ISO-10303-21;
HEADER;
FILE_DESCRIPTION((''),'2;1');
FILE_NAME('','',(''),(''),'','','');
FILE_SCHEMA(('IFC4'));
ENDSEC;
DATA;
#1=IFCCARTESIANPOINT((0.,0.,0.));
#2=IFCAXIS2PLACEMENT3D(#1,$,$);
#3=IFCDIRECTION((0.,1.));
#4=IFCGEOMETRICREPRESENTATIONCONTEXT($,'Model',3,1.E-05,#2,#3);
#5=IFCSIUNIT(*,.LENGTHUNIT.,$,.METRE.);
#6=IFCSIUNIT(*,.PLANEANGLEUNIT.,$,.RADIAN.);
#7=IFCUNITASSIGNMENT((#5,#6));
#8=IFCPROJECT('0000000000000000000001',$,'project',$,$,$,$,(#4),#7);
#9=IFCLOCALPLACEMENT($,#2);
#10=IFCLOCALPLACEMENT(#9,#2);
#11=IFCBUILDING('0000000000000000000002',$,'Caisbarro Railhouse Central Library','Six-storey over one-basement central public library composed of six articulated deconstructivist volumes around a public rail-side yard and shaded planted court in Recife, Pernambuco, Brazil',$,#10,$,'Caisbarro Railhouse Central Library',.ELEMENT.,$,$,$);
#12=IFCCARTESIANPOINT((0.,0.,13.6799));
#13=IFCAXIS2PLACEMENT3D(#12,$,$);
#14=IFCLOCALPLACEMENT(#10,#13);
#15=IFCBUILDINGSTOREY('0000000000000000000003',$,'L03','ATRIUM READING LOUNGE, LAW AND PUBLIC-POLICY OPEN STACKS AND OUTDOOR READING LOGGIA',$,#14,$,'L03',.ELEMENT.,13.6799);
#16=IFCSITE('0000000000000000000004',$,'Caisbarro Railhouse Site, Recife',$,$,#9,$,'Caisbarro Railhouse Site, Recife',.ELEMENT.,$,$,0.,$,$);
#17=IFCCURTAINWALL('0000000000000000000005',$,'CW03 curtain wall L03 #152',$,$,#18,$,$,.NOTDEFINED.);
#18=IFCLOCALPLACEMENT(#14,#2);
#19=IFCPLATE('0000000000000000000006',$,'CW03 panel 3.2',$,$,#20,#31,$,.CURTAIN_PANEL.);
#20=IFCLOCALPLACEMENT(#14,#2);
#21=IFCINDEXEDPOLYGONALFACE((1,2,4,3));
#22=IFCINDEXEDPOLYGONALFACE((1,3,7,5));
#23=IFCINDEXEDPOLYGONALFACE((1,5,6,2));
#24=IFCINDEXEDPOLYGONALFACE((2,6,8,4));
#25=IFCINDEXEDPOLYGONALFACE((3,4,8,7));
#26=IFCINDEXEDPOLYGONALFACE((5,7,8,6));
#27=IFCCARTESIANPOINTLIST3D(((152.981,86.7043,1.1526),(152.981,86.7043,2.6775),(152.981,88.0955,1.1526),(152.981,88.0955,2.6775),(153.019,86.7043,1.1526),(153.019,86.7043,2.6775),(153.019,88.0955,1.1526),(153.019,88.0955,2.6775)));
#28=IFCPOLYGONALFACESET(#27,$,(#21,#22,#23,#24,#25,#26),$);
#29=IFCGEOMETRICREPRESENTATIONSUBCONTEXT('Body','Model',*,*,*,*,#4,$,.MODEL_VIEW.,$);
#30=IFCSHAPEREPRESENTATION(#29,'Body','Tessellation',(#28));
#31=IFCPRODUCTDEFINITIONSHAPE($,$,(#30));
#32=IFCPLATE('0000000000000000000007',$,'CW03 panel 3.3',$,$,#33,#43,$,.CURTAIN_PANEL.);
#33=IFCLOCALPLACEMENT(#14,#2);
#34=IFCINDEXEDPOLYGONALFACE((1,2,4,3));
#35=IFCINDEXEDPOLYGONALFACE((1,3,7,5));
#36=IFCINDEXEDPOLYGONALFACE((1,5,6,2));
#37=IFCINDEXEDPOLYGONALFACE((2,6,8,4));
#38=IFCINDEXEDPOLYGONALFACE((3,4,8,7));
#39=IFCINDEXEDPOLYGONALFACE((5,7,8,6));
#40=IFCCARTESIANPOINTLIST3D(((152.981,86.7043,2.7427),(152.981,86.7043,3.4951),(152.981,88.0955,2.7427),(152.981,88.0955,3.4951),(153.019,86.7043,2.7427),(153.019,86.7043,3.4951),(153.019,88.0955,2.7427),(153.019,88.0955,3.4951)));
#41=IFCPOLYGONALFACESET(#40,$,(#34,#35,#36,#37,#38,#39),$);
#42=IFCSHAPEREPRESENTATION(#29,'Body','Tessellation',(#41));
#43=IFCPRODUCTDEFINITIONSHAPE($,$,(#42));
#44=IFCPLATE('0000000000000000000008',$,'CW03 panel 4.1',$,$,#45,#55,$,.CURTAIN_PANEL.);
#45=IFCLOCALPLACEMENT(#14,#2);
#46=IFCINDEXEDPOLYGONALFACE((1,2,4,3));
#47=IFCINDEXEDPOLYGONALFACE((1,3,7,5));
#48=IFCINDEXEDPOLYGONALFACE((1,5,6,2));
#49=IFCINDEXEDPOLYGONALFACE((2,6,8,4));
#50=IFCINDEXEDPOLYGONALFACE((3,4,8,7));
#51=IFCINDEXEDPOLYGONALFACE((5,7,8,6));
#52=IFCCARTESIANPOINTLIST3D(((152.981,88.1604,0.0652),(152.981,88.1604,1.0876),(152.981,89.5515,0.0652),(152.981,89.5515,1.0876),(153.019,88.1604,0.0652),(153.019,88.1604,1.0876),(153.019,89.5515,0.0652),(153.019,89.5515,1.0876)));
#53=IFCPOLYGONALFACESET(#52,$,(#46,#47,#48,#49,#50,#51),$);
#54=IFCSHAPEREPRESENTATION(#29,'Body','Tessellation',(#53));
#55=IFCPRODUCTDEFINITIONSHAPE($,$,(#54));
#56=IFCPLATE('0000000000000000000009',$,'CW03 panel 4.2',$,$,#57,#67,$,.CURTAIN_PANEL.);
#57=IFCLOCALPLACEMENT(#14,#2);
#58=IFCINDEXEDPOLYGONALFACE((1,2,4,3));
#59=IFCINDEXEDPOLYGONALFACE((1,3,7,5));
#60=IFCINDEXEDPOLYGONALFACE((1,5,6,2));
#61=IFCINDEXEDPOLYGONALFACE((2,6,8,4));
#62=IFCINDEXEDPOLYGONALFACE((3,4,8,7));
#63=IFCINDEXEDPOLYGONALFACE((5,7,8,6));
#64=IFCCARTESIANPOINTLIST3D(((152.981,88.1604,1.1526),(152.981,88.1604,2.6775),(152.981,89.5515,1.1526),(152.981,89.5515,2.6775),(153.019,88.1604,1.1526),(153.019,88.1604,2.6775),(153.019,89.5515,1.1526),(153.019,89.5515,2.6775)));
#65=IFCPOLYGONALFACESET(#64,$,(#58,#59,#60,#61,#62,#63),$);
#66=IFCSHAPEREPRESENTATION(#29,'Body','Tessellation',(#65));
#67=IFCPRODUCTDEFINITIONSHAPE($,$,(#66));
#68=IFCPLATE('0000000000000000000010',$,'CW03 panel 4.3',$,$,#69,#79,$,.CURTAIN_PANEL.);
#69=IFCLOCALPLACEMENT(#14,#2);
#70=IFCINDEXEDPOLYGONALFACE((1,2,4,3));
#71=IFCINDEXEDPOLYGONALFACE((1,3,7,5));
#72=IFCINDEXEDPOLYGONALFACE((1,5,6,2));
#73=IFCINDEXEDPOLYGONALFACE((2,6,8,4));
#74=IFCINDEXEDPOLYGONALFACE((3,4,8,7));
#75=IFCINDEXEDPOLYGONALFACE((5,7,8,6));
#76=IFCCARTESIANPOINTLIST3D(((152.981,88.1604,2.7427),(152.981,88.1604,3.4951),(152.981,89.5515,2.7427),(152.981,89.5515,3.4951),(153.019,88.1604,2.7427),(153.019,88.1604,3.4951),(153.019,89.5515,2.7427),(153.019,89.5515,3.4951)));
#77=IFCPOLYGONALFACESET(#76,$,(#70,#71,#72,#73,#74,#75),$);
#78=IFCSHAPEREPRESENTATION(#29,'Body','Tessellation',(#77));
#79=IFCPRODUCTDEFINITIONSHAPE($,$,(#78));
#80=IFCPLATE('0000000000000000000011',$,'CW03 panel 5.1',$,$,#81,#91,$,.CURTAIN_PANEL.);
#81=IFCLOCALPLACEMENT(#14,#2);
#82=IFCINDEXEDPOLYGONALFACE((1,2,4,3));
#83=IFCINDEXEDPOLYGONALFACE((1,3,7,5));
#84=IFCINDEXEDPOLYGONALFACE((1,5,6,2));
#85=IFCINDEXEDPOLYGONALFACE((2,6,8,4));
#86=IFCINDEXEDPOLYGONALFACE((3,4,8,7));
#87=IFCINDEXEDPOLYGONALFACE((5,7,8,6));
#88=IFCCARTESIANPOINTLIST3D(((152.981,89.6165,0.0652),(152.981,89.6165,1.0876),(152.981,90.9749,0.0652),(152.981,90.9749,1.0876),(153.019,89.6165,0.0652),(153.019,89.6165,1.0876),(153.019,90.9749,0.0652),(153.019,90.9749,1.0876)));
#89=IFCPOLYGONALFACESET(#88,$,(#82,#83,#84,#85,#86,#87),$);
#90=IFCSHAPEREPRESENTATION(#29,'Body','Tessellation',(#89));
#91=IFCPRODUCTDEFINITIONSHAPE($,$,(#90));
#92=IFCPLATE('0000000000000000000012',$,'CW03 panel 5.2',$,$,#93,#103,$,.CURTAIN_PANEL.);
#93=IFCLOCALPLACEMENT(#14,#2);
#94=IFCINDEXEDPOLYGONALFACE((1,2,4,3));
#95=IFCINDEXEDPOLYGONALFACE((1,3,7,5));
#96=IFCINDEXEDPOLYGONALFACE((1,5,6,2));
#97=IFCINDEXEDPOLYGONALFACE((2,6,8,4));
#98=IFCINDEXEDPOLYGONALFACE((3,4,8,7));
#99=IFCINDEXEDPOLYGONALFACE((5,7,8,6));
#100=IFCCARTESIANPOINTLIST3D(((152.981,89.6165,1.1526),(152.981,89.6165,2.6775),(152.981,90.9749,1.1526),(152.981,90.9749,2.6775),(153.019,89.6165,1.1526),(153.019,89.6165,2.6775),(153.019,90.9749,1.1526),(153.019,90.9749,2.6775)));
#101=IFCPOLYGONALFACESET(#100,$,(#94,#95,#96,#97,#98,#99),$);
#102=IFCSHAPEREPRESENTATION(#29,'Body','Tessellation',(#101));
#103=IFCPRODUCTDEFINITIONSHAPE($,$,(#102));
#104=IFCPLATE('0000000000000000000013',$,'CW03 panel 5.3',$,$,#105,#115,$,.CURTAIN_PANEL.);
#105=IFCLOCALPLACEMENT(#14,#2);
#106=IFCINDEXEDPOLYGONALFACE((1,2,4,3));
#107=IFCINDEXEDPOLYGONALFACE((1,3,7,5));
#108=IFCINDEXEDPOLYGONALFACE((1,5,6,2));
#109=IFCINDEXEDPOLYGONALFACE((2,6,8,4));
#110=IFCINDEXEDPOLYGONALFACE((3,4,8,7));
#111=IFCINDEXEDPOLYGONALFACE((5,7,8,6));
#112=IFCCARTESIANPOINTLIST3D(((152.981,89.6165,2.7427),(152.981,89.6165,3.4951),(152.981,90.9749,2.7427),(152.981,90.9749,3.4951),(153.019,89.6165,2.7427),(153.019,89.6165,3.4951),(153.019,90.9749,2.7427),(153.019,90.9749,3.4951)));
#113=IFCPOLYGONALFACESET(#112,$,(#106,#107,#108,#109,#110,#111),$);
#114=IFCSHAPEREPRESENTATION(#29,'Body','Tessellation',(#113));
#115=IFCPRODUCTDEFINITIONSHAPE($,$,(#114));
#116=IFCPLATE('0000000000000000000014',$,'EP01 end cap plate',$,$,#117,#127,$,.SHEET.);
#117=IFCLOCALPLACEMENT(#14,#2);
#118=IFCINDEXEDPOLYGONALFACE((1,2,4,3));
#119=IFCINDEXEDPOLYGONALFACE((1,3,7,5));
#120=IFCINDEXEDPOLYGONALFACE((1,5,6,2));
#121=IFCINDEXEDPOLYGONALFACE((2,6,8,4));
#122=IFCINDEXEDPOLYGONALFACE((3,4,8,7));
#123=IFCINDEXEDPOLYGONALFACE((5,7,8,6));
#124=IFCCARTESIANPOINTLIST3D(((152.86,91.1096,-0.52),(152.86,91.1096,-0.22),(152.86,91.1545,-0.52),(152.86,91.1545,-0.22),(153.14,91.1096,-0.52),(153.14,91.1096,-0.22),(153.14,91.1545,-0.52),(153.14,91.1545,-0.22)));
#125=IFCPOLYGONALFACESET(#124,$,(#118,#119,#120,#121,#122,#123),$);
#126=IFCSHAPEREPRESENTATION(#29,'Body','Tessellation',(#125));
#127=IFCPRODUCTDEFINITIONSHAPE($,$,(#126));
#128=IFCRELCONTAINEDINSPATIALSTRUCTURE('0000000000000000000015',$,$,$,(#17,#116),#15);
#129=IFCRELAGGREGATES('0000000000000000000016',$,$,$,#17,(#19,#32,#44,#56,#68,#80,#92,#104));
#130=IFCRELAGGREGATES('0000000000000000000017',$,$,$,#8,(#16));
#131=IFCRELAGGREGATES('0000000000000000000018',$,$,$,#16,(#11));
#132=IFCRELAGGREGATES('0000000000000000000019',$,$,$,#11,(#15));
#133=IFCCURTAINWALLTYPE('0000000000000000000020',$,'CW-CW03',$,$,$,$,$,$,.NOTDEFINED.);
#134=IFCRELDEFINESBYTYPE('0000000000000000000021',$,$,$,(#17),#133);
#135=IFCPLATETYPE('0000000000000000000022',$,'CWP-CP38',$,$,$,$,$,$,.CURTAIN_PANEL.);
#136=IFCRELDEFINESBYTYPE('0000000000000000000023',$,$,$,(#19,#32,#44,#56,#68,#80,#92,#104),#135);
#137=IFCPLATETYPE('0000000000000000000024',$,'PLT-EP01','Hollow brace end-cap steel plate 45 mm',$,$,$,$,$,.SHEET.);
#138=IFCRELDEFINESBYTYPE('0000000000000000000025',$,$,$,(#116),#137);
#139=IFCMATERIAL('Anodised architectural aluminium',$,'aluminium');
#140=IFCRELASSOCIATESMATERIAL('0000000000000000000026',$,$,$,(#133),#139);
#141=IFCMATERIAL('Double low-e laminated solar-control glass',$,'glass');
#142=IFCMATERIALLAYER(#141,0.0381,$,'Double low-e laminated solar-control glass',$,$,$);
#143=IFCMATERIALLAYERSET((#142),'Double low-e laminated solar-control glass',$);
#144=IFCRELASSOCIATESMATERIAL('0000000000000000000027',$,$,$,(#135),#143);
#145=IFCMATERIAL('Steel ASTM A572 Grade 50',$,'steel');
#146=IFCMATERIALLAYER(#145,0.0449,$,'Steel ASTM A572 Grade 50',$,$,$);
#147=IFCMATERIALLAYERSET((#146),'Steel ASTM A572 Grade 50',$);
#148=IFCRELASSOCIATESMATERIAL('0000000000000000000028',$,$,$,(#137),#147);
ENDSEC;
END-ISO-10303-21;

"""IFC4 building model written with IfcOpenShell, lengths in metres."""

from ifc_helpers import new_model, si_unit, direction, frame, origin, origin_2d, place, context, subcontext, project, spatial, rectangle, extrude, material, layer, layer_set, type_object, element, aggregate, save


model = new_model("IFC4")

# Units and contexts
model_context = context("Model", 3, precision=1e-05, world=origin(), true_north=direction((0.0, 1.0)))
body_context = subcontext(model_context, "Body", "Model", "MODEL_VIEW")
ifc_project = project(units=[si_unit("LENGTHUNIT", "METRE"), si_unit("PLANEANGLEUNIT", "RADIAN")], contexts=[model_context])

# Site, building, storey
site_placement = place(None, origin())
site = spatial("IfcSite", under=ifc_project, at=site_placement, Name="Caisbarro Railhouse Site, Recife", LongName="Caisbarro Railhouse Site, Recife", CompositionType="ELEMENT", RefElevation=0.0)
building_placement = place(site_placement, origin())
building = spatial("IfcBuilding", under=site, at=building_placement, Name="Caisbarro Railhouse Central Library", Description="Six-storey over one-basement central public library composed of six articulated deconstructivist volumes around a public rail-side yard and shaded planted court in Recife, Pernambuco, Brazil", LongName="Caisbarro Railhouse Central Library", CompositionType="ELEMENT")
storey_placement = place(building_placement, frame((0.0, 0.0, 13.6799)))
storey = spatial("IfcBuildingStorey", under=building, at=storey_placement, Name="L03", Description="ATRIUM READING LOUNGE, LAW AND PUBLIC-POLICY OPEN STACKS AND OUTDOOR READING LOGGIA", LongName="L03", CompositionType="ELEMENT", Elevation=13.6799)

# Curtain wall, plates
ifc_material_1 = material(Name="Anodised architectural aluminium", Category="aluminium")
curtain_wall_type = type_object("IfcCurtainWallType", Name="CW-CW03", PredefinedType="NOTDEFINED", material=ifc_material_1)
curtain_wall_placement = place(storey_placement, origin())
curtain_wall = element("IfcCurtainWall", 1, at=curtain_wall_placement, inside=storey, type_object=curtain_wall_type, Name="CW03 curtain wall L03 #152", PredefinedType="NOTDEFINED")
ifc_material_2 = material(Name="Double low-e laminated solar-control glass", Category="glass")
ifc_layer_1 = layer(ifc_material_2, 0.0381, Name="Double low-e laminated solar-control glass")
ifc_layer_set_1 = layer_set([ifc_layer_1], Name="Double low-e laminated solar-control glass")
plate_type_1 = type_object("IfcPlateType", Name="CWP-CP38", PredefinedType="CURTAIN_PANEL", material=ifc_layer_set_1)
plate_1_placement = place(storey_placement, frame((153.0, 87.3999, 1.1526), z_axis=(0.0, 0.0, 1.0), x_axis=(0.0, 1.0, 0.0)))
plate_1 = element("IfcPlate", 2, at=plate_1_placement, type_object=plate_type_1, Name="CW03 panel 3.2", PredefinedType="CURTAIN_PANEL", context=body_context, shape_type="SweptSolid", body=[
    extrude(rectangle(XDim=1.3911, YDim=0.0381, at=origin_2d()), origin(), (0.0, 0.0, 1.0), 1.5249),
])
plate_2_placement = place(storey_placement, frame((153.0, 87.3999, 2.7427), z_axis=(0.0, 0.0, 1.0), x_axis=(0.0, 1.0, 0.0)))
plate_2 = element("IfcPlate", 3, at=plate_2_placement, type_object=plate_type_1, Name="CW03 panel 3.3", PredefinedType="CURTAIN_PANEL", context=body_context, shape_type="SweptSolid", body=[
    extrude(rectangle(XDim=1.3911, YDim=0.0381, at=origin_2d()), origin(), (0.0, 0.0, 1.0), 0.7524),
])
plate_3_placement = place(storey_placement, frame((153.0, 88.856, 0.0652), z_axis=(0.0, 0.0, 1.0), x_axis=(0.0, 1.0, 0.0)))
plate_3 = element("IfcPlate", 4, at=plate_3_placement, type_object=plate_type_1, Name="CW03 panel 4.1", PredefinedType="CURTAIN_PANEL", context=body_context, shape_type="SweptSolid", body=[
    extrude(rectangle(XDim=1.3911, YDim=0.0381, at=origin_2d()), origin(), (0.0, 0.0, 1.0), 1.0225),
])
plate_4_placement = place(storey_placement, frame((153.0, 88.856, 1.1526), z_axis=(0.0, 0.0, 1.0), x_axis=(0.0, 1.0, 0.0)))
plate_4 = element("IfcPlate", 5, at=plate_4_placement, type_object=plate_type_1, Name="CW03 panel 4.2", PredefinedType="CURTAIN_PANEL", context=body_context, shape_type="SweptSolid", body=[
    extrude(rectangle(XDim=1.3911, YDim=0.0381, at=origin_2d()), origin(), (0.0, 0.0, 1.0), 1.5249),
])
plate_5_placement = place(storey_placement, frame((153.0, 88.856, 2.7427), z_axis=(0.0, 0.0, 1.0), x_axis=(0.0, 1.0, 0.0)))
plate_5 = element("IfcPlate", 6, at=plate_5_placement, type_object=plate_type_1, Name="CW03 panel 4.3", PredefinedType="CURTAIN_PANEL", context=body_context, shape_type="SweptSolid", body=[
    extrude(rectangle(XDim=1.3911, YDim=0.0381, at=origin_2d()), origin(), (0.0, 0.0, 1.0), 0.7524),
])
plate_6_placement = place(storey_placement, frame((153.0, 90.2957, 0.0652), z_axis=(0.0, 0.0, 1.0), x_axis=(0.0, 1.0, 0.0)))
plate_6 = element("IfcPlate", 7, at=plate_6_placement, type_object=plate_type_1, Name="CW03 panel 5.1", PredefinedType="CURTAIN_PANEL", context=body_context, shape_type="SweptSolid", body=[
    extrude(rectangle(XDim=1.3584, YDim=0.0381, at=origin_2d()), origin(), (0.0, 0.0, 1.0), 1.0225),
])
plate_7_placement = place(storey_placement, frame((153.0, 90.2957, 1.1526), z_axis=(0.0, 0.0, 1.0), x_axis=(0.0, 1.0, 0.0)))
plate_7 = element("IfcPlate", 8, at=plate_7_placement, type_object=plate_type_1, Name="CW03 panel 5.2", PredefinedType="CURTAIN_PANEL", context=body_context, shape_type="SweptSolid", body=[
    extrude(rectangle(XDim=1.3584, YDim=0.0381, at=origin_2d()), origin(), (0.0, 0.0, 1.0), 1.5249),
])
plate_8_placement = place(storey_placement, frame((153.0, 90.2957, 2.7427), z_axis=(0.0, 0.0, 1.0), x_axis=(0.0, 1.0, 0.0)))
plate_8 = element("IfcPlate", 9, at=plate_8_placement, type_object=plate_type_1, Name="CW03 panel 5.3", PredefinedType="CURTAIN_PANEL", context=body_context, shape_type="SweptSolid", body=[
    extrude(rectangle(XDim=1.3584, YDim=0.0381, at=origin_2d()), origin(), (0.0, 0.0, 1.0), 0.7524),
])
aggregate(curtain_wall, [plate_1, plate_2, plate_3, plate_4, plate_5, plate_6, plate_7, plate_8])

# Plate
ifc_material_3 = material(Name="Steel ASTM A572 Grade 50", Category="steel")
ifc_layer_2 = layer(ifc_material_3, 0.0449, Name="Steel ASTM A572 Grade 50")
ifc_layer_set_2 = layer_set([ifc_layer_2], Name="Steel ASTM A572 Grade 50")
plate_type_2 = type_object("IfcPlateType", Name="PLT-EP01", Description="Hollow brace end-cap steel plate 45 mm", PredefinedType="SHEET", material=ifc_layer_set_2)
plate_9_placement = place(storey_placement, frame((153.0, 91.1321, -0.52), z_axis=(0.0, 0.0, 1.0), x_axis=(0.0, 1.0, 0.0)))
element("IfcPlate", 10, at=plate_9_placement, inside=storey, type_object=plate_type_2, Name="EP01 end cap plate", PredefinedType="SHEET", context=body_context, shape_type="SweptSolid", body=[
    extrude(rectangle(XDim=0.0449, YDim=0.28, at=origin_2d()), origin(), (0.0, 0.0, 1.0), 0.3),
])

save(model, "model.ifc")
